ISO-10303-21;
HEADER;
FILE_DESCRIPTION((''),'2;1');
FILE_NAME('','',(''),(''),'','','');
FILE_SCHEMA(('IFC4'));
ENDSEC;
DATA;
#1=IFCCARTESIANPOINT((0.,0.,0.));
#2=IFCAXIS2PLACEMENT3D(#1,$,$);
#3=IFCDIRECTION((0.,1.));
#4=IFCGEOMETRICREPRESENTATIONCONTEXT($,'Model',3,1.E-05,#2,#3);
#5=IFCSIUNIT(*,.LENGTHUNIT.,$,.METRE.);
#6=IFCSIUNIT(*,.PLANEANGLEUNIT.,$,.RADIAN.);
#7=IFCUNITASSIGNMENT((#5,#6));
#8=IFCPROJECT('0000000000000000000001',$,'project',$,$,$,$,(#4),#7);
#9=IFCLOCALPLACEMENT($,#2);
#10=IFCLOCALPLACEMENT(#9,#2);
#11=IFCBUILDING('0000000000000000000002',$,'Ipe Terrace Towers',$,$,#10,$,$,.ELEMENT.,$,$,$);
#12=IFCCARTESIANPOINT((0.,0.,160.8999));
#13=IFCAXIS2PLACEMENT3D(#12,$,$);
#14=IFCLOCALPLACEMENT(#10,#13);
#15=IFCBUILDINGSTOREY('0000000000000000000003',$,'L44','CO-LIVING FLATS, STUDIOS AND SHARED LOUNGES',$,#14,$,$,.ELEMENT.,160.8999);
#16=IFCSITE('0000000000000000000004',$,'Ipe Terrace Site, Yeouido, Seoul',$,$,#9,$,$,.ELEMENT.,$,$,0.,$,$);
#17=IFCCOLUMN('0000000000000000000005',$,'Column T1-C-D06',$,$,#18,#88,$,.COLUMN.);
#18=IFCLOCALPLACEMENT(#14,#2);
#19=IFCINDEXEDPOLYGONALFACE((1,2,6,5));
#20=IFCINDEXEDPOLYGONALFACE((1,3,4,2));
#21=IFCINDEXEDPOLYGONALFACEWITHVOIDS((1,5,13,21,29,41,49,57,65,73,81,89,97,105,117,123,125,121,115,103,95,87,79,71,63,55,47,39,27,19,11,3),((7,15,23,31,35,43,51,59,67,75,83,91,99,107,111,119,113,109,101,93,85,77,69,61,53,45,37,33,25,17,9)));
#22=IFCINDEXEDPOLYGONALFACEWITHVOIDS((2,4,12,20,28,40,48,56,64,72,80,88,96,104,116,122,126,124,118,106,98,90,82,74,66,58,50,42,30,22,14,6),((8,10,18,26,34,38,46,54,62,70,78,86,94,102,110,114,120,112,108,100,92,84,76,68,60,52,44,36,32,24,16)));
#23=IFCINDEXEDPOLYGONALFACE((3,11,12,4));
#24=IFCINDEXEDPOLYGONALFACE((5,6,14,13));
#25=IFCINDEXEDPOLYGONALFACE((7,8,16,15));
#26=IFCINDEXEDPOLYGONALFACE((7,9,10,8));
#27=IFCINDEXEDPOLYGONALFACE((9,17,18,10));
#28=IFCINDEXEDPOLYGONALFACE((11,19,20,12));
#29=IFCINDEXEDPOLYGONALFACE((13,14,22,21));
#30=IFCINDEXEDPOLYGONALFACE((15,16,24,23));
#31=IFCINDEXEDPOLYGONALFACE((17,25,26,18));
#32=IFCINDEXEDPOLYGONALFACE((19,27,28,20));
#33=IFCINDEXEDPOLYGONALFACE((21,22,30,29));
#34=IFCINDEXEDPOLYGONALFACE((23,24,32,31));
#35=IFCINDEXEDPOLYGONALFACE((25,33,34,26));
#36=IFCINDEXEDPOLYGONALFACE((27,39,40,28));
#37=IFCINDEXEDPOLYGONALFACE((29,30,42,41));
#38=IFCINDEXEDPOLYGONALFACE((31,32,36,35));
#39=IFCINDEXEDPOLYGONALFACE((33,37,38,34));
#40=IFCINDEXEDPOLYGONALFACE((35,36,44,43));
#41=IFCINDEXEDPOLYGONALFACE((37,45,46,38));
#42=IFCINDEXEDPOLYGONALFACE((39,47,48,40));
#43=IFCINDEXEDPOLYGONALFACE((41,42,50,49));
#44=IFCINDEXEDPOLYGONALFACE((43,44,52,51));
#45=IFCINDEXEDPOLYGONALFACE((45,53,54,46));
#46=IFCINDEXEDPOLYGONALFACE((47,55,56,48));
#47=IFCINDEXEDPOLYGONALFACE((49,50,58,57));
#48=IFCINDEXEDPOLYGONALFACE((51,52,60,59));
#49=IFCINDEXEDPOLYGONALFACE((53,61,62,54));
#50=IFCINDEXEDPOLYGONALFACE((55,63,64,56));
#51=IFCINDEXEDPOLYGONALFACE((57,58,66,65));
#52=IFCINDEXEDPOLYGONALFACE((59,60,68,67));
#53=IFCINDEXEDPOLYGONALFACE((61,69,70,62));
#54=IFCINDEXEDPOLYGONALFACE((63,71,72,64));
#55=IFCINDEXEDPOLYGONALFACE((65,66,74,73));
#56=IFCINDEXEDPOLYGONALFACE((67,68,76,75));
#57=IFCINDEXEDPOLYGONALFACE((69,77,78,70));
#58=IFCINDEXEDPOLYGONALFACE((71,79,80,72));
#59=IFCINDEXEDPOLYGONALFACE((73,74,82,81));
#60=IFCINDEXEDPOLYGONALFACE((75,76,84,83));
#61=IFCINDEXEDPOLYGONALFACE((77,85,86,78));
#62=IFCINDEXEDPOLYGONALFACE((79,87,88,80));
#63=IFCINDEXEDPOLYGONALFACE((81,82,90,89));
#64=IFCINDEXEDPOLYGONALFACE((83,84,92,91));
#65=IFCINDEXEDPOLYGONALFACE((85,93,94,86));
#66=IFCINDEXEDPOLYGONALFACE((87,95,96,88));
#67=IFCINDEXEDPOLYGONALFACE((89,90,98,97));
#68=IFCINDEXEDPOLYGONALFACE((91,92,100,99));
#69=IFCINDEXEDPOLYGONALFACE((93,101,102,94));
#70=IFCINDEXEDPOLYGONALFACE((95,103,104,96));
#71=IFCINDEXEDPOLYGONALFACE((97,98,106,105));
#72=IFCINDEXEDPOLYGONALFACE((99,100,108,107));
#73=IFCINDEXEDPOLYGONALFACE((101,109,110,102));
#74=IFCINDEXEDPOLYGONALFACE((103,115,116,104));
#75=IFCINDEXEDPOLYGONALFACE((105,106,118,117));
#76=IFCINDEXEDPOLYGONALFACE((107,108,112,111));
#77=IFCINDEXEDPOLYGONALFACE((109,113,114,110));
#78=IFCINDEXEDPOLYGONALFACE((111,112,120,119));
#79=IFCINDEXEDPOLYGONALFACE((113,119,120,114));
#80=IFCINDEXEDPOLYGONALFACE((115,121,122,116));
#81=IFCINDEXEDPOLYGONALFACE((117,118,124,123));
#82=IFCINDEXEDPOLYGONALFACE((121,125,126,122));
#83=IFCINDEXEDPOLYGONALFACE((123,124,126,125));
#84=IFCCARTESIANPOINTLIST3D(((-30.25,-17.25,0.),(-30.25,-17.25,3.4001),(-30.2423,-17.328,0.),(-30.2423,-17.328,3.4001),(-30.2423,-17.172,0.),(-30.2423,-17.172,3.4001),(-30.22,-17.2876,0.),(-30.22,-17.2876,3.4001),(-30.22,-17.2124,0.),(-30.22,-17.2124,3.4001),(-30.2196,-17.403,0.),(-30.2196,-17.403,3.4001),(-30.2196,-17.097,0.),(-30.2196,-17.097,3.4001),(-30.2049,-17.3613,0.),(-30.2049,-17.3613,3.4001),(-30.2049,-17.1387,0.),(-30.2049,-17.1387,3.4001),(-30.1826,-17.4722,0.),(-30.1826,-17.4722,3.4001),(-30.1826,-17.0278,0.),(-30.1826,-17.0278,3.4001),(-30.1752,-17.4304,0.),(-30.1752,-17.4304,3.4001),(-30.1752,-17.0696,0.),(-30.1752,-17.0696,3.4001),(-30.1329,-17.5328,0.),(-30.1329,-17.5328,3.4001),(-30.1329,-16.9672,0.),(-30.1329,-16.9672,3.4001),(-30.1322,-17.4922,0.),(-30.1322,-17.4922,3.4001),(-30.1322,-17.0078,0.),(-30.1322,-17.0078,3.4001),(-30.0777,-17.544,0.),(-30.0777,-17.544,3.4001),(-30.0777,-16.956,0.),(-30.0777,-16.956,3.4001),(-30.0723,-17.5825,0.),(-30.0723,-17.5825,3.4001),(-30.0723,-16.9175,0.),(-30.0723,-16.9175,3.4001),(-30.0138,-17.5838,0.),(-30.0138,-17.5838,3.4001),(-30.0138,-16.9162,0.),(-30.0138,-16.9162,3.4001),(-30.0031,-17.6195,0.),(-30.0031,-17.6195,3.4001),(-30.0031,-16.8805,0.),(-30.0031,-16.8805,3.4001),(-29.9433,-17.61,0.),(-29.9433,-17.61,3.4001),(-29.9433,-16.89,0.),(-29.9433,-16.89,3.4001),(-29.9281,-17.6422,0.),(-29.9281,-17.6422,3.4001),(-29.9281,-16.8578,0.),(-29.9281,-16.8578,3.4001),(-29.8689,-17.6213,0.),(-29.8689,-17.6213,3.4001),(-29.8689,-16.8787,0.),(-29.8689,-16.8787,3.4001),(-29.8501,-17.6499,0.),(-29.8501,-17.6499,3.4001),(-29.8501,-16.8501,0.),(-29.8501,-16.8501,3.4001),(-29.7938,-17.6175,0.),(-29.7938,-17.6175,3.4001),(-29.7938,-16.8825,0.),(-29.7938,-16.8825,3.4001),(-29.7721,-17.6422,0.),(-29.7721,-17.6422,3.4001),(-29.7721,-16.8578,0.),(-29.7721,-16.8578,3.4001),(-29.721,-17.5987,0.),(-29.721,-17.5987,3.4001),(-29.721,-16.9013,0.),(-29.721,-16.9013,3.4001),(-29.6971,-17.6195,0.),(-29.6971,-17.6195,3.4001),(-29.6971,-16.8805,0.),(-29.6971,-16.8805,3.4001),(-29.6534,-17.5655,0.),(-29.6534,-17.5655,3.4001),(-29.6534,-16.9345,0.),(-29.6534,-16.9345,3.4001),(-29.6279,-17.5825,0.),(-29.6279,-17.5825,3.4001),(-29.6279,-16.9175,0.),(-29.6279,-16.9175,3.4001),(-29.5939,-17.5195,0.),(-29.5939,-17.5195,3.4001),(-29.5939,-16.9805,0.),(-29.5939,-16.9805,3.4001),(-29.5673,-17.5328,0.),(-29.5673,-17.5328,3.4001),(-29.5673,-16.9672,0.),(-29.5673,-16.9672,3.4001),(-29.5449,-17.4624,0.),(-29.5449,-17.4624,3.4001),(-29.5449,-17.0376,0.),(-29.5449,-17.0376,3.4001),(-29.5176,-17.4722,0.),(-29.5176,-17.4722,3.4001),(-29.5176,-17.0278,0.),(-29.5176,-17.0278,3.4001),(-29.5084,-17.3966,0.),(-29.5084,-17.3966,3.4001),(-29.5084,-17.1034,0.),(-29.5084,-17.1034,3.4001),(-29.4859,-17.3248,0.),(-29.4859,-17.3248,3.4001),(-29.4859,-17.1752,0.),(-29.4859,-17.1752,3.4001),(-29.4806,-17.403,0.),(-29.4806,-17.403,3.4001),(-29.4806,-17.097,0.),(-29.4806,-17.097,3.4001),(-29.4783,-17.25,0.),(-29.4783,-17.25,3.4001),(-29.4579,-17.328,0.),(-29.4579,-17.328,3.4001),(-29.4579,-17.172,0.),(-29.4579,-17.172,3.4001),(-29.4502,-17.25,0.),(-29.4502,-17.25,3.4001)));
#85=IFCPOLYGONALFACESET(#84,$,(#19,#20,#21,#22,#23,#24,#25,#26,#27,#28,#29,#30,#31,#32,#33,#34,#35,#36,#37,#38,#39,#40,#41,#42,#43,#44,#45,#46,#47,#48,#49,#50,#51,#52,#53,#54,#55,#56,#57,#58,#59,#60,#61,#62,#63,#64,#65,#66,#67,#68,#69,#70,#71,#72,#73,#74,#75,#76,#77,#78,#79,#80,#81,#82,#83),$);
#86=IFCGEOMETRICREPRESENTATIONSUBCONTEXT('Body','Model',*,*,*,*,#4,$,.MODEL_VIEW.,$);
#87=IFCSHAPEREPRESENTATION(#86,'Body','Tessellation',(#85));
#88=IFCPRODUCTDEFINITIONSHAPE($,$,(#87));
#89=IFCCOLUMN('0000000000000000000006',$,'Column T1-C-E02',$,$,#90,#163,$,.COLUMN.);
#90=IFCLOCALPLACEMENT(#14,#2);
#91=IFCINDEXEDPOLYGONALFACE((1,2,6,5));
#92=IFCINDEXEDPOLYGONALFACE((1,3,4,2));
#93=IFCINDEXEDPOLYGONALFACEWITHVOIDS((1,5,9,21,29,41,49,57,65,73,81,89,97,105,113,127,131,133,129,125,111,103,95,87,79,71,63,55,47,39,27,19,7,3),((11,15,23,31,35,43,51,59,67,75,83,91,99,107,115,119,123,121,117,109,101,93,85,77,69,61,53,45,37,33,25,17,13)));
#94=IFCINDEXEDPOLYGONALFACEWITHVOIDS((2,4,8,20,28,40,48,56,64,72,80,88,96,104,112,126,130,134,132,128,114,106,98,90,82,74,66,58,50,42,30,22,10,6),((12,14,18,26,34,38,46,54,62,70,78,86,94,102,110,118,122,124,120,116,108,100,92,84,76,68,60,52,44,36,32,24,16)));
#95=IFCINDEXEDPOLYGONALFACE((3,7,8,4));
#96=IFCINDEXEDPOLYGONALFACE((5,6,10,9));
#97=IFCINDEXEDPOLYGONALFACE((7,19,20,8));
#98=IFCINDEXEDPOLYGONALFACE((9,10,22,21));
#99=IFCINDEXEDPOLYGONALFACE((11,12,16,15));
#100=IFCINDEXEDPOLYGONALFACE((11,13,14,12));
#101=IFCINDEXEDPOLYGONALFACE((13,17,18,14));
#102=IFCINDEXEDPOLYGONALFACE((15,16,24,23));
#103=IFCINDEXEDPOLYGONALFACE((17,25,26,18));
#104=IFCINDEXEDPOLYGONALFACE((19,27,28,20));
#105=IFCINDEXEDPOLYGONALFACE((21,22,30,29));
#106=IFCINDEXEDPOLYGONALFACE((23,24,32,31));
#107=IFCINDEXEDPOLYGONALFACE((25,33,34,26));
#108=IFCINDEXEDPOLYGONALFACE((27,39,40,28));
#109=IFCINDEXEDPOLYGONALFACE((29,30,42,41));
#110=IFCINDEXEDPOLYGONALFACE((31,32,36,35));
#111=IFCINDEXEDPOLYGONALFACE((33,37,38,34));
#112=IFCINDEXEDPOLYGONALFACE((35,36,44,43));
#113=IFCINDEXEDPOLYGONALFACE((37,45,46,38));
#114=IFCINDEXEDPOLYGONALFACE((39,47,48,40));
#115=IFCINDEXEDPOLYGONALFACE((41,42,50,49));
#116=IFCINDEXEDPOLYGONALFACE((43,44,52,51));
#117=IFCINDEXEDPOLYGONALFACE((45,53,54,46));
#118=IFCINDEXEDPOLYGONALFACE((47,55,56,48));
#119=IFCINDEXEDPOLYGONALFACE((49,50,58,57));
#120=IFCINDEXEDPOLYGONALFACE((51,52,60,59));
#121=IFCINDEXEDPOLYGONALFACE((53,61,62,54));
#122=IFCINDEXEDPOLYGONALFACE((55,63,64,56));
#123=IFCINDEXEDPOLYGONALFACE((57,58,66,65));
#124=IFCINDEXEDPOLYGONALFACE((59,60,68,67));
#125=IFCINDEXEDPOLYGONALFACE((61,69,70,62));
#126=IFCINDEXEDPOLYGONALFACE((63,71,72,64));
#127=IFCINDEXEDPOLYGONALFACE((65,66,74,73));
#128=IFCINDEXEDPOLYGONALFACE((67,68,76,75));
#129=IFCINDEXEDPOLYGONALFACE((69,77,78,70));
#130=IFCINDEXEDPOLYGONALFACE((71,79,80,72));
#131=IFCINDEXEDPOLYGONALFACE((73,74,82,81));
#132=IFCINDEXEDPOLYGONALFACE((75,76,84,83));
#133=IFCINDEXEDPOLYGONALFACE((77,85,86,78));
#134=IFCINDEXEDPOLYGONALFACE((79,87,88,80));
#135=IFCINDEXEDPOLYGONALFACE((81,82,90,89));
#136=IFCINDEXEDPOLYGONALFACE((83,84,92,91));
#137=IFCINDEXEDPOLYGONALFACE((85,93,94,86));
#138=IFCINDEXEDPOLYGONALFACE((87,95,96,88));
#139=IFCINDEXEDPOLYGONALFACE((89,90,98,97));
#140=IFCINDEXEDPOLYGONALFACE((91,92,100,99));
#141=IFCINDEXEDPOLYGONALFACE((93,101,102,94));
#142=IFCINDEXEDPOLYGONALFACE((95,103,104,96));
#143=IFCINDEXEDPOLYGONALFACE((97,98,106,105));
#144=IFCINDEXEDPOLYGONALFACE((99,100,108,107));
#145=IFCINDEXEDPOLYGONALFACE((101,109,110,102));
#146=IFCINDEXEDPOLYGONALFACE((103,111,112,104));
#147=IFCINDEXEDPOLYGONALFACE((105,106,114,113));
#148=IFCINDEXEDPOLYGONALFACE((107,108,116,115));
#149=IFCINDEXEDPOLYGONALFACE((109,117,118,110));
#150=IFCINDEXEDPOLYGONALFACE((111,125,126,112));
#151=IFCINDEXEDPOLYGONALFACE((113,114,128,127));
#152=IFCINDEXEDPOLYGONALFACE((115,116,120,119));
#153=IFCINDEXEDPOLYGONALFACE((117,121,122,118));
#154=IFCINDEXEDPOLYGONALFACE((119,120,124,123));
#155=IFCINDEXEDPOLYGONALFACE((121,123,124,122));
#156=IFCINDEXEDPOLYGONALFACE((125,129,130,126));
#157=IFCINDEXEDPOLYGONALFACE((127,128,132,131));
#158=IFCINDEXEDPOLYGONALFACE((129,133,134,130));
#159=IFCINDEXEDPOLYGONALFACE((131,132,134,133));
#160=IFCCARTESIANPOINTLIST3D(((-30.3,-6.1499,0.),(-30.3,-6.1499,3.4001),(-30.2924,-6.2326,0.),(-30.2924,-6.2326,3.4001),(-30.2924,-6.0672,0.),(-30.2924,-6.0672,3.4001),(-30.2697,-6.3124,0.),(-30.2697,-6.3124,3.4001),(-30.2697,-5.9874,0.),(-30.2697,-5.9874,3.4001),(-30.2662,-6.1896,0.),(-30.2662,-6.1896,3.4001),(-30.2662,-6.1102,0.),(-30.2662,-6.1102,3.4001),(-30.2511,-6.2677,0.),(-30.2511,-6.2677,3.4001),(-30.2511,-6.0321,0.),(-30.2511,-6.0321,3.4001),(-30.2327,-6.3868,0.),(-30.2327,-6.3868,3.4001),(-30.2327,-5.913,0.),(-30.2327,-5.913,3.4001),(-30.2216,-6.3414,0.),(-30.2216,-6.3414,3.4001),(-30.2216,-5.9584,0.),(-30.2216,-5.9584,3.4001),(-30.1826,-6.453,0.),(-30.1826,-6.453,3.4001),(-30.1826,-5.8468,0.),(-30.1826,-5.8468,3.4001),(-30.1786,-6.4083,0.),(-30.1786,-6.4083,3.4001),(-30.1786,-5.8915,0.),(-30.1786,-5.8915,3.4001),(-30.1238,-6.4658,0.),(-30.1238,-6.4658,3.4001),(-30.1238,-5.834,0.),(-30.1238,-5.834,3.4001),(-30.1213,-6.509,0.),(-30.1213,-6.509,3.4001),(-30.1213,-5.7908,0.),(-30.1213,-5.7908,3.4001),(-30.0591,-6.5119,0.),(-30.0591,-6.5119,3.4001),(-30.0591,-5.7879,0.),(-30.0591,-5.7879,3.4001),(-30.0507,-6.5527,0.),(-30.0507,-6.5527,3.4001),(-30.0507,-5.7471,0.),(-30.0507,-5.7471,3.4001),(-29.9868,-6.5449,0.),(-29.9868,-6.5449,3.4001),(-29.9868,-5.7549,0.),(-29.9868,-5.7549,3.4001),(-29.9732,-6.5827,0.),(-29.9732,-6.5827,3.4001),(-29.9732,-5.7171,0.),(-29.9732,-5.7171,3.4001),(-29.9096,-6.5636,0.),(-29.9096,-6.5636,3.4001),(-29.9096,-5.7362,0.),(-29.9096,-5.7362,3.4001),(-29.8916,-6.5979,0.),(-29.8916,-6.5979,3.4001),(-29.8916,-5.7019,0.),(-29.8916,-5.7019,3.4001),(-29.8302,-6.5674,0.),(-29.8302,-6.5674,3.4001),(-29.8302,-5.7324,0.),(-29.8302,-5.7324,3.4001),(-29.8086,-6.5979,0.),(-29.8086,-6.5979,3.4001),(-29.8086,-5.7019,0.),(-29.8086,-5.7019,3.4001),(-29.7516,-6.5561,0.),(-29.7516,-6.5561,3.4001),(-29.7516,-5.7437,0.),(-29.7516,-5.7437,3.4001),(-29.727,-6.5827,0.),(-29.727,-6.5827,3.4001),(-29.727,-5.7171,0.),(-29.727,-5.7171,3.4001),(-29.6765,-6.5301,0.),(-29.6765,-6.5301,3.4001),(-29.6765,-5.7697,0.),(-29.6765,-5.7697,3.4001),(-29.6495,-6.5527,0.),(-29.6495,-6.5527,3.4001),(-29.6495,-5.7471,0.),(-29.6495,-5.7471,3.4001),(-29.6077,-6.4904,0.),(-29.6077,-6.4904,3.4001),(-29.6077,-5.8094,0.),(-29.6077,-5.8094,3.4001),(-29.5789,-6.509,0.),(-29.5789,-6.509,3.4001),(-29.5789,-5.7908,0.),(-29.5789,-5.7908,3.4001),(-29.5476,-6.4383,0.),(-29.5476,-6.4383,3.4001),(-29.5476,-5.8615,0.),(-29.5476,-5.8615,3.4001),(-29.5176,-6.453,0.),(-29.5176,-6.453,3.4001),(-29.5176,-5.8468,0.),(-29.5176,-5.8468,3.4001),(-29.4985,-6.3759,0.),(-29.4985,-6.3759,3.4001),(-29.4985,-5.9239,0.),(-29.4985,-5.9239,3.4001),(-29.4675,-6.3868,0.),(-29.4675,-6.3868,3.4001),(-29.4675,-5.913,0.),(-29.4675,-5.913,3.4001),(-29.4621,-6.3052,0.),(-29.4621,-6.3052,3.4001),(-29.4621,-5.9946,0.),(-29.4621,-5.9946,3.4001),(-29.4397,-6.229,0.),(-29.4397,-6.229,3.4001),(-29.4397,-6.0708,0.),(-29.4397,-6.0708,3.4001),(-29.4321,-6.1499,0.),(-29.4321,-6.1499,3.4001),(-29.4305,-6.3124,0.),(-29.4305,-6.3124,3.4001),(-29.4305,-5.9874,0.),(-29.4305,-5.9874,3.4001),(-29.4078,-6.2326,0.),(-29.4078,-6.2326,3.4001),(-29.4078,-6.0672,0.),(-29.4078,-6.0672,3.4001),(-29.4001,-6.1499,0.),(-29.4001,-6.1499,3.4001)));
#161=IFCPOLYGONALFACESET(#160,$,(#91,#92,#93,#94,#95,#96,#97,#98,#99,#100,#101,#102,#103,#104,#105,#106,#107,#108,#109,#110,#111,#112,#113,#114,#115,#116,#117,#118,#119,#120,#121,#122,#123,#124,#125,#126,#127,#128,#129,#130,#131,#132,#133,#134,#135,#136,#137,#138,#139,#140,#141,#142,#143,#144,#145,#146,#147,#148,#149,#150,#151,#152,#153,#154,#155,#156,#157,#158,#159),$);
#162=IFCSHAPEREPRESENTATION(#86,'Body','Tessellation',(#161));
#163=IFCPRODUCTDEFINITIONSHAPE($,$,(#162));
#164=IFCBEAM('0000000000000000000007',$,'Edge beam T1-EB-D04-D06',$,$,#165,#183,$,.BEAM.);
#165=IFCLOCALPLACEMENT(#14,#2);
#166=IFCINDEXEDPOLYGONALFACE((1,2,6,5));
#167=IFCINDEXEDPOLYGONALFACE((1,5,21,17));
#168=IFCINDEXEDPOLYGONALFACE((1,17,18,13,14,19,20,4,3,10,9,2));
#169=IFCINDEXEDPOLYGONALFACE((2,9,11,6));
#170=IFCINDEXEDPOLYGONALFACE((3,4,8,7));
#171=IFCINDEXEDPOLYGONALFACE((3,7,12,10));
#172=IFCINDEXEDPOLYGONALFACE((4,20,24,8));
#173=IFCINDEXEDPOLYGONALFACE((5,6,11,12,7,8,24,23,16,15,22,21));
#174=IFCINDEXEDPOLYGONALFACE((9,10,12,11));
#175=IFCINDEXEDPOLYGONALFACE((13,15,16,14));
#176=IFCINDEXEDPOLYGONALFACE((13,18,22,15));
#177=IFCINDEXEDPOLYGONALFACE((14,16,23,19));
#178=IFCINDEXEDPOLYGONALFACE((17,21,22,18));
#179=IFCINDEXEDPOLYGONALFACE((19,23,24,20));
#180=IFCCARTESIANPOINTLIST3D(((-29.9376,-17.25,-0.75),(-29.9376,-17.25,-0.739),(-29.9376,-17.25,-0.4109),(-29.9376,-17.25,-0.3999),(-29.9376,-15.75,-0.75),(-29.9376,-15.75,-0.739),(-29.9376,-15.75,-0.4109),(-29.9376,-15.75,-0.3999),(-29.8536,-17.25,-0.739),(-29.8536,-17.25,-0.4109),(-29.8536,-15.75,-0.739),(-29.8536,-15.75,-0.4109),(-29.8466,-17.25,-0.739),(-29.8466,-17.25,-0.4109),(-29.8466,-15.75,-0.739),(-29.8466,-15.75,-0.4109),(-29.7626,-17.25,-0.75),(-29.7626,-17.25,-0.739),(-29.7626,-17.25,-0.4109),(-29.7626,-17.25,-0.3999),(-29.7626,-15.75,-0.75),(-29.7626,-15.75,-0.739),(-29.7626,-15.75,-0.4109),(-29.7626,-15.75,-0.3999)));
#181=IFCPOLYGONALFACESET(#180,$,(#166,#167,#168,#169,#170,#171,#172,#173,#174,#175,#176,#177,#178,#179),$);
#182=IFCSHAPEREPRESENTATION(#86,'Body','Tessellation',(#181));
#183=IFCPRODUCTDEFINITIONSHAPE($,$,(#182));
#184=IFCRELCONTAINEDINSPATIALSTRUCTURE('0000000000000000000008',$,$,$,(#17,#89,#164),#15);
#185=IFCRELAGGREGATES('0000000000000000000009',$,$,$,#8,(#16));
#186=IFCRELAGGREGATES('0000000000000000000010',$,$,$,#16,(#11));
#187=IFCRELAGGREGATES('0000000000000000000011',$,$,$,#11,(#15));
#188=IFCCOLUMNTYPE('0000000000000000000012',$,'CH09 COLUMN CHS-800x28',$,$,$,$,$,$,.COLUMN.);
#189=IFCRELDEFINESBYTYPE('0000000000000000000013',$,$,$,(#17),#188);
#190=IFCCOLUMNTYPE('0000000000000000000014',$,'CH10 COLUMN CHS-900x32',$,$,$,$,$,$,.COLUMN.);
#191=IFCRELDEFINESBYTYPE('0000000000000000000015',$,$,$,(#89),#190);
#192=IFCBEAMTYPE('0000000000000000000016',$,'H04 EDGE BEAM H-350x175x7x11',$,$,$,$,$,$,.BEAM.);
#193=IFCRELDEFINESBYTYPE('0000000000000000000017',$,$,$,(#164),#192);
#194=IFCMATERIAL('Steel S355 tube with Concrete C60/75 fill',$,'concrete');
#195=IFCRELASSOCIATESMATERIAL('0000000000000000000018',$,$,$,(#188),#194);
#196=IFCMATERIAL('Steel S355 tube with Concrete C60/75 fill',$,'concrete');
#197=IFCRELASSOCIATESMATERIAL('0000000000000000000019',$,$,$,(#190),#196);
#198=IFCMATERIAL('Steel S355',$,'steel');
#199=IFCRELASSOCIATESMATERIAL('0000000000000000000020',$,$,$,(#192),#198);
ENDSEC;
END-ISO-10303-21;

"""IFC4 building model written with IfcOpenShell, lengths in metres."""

from ifc_helpers import new_model, si_unit, direction, frame, origin, origin_2d, place, context, subcontext, project, spatial, hollow_circle, i_section, extrude, material, material_profile, profile_set, type_object, element, save


model = new_model("IFC4")

# Units and contexts
model_context = context("Model", 3, precision=1e-05, world=origin(), true_north=direction((0.0, 1.0)))
body_context = subcontext(model_context, "Body", "Model", "MODEL_VIEW")
ifc_project = project(units=[si_unit("LENGTHUNIT", "METRE"), si_unit("PLANEANGLEUNIT", "RADIAN")], contexts=[model_context])

# Site, building, storey
site_placement = place(None, origin())
site = spatial("IfcSite", under=ifc_project, at=site_placement, Name="Ipe Terrace Site, Yeouido, Seoul", CompositionType="ELEMENT", RefElevation=0.0)
building_placement = place(site_placement, origin())
building = spatial("IfcBuilding", under=site, at=building_placement, Name="Ipe Terrace Towers", CompositionType="ELEMENT")
storey_placement = place(building_placement, frame((0.0, 0.0, 160.8999)))
storey = spatial("IfcBuildingStorey", under=building, at=storey_placement, Name="L44", Description="CO-LIVING FLATS, STUDIOS AND SHARED LOUNGES", CompositionType="ELEMENT", Elevation=160.8999)

# Columns
ifc_material_1 = material(Name="Steel S355 tube with Concrete C60/75 fill", Category="concrete")
ifc_material_profile_1 = material_profile(ifc_material_1, hollow_circle(Radius=0.3999, WallThickness=0.0281, at=origin_2d()), Name="CHS-800x28")
ifc_profile_set_1 = profile_set([ifc_material_profile_1], Name="Steel S355 tube with Concrete C60/75 fill")
column_type_1 = type_object("IfcColumnType", Name="CH09 COLUMN CHS-800x28", PredefinedType="COLUMN", material=ifc_profile_set_1)
for number, where, z_axis, x_axis, name in (
    (1, (-29.8501, -17.25, 0.0), (0.0, 0.0, 1.0), (1.0, 0.0, 0.0), "Column T1-C-D06"),
):
    element("IfcColumn", number, at=place(storey_placement, frame(where, z_axis=z_axis, x_axis=x_axis)), inside=storey, type_object=column_type_1, Name=name, PredefinedType="COLUMN", context=body_context, shape_type="SweptSolid", body=[
        extrude(hollow_circle(Radius=0.3999, WallThickness=0.0281, at=origin_2d()), origin(), (0.0, 0.0, 1.0), 3.4001),
    ])
ifc_material_2 = material(Name="Steel S355 tube with Concrete C60/75 fill", Category="concrete")
ifc_material_profile_2 = material_profile(ifc_material_2, hollow_circle(Radius=0.45, WallThickness=0.032, at=origin_2d()), Name="CHS-900x32")
ifc_profile_set_2 = profile_set([ifc_material_profile_2], Name="Steel S355 tube with Concrete C60/75 fill")
column_type_2 = type_object("IfcColumnType", Name="CH10 COLUMN CHS-900x32", PredefinedType="COLUMN", material=ifc_profile_set_2)
column_placement = place(storey_placement, frame((-29.8501, -6.1499, 0.0), z_axis=(0.0, 0.0, 1.0), x_axis=(1.0, 0.0, 0.0)))
element("IfcColumn", 2, at=column_placement, inside=storey, type_object=column_type_2, Name="Column T1-C-E02", PredefinedType="COLUMN", context=body_context, shape_type="SweptSolid", body=[
    extrude(hollow_circle(Radius=0.45, WallThickness=0.032, at=origin_2d()), origin(), (0.0, 0.0, 1.0), 3.4001),
])

# Beam
ifc_material_3 = material(Name="Steel S355", Category="steel")
ifc_material_profile_3 = material_profile(ifc_material_3, i_section(OverallWidth=0.175, OverallDepth=0.3501, WebThickness=0.0071, FlangeThickness=0.011, at=origin_2d()), Name="H-350x175x7x11")
ifc_profile_set_3 = profile_set([ifc_material_profile_3], Name="Steel S355")
beam_type_1 = type_object("IfcBeamType", Name="H04 EDGE BEAM H-350x175x7x11", PredefinedType="BEAM", material=ifc_profile_set_3)
beam_1_placement = place(storey_placement, frame((-29.8501, -15.75, -0.575), z_axis=(0.0, -1.0, 0.0), x_axis=(1.0, 0.0, 0.0)))
element("IfcBeam", 3, at=beam_1_placement, inside=storey, type_object=beam_type_1, Name="Edge beam T1-EB-D04-D06", PredefinedType="BEAM", context=body_context, shape_type="SweptSolid", body=[
    extrude(i_section(OverallWidth=0.175, OverallDepth=0.3501, WebThickness=0.0071, FlangeThickness=0.011, at=origin_2d()), origin(), (0.0, 0.0, 1.0), 1.5),
])

save(model, "model.ifc")
